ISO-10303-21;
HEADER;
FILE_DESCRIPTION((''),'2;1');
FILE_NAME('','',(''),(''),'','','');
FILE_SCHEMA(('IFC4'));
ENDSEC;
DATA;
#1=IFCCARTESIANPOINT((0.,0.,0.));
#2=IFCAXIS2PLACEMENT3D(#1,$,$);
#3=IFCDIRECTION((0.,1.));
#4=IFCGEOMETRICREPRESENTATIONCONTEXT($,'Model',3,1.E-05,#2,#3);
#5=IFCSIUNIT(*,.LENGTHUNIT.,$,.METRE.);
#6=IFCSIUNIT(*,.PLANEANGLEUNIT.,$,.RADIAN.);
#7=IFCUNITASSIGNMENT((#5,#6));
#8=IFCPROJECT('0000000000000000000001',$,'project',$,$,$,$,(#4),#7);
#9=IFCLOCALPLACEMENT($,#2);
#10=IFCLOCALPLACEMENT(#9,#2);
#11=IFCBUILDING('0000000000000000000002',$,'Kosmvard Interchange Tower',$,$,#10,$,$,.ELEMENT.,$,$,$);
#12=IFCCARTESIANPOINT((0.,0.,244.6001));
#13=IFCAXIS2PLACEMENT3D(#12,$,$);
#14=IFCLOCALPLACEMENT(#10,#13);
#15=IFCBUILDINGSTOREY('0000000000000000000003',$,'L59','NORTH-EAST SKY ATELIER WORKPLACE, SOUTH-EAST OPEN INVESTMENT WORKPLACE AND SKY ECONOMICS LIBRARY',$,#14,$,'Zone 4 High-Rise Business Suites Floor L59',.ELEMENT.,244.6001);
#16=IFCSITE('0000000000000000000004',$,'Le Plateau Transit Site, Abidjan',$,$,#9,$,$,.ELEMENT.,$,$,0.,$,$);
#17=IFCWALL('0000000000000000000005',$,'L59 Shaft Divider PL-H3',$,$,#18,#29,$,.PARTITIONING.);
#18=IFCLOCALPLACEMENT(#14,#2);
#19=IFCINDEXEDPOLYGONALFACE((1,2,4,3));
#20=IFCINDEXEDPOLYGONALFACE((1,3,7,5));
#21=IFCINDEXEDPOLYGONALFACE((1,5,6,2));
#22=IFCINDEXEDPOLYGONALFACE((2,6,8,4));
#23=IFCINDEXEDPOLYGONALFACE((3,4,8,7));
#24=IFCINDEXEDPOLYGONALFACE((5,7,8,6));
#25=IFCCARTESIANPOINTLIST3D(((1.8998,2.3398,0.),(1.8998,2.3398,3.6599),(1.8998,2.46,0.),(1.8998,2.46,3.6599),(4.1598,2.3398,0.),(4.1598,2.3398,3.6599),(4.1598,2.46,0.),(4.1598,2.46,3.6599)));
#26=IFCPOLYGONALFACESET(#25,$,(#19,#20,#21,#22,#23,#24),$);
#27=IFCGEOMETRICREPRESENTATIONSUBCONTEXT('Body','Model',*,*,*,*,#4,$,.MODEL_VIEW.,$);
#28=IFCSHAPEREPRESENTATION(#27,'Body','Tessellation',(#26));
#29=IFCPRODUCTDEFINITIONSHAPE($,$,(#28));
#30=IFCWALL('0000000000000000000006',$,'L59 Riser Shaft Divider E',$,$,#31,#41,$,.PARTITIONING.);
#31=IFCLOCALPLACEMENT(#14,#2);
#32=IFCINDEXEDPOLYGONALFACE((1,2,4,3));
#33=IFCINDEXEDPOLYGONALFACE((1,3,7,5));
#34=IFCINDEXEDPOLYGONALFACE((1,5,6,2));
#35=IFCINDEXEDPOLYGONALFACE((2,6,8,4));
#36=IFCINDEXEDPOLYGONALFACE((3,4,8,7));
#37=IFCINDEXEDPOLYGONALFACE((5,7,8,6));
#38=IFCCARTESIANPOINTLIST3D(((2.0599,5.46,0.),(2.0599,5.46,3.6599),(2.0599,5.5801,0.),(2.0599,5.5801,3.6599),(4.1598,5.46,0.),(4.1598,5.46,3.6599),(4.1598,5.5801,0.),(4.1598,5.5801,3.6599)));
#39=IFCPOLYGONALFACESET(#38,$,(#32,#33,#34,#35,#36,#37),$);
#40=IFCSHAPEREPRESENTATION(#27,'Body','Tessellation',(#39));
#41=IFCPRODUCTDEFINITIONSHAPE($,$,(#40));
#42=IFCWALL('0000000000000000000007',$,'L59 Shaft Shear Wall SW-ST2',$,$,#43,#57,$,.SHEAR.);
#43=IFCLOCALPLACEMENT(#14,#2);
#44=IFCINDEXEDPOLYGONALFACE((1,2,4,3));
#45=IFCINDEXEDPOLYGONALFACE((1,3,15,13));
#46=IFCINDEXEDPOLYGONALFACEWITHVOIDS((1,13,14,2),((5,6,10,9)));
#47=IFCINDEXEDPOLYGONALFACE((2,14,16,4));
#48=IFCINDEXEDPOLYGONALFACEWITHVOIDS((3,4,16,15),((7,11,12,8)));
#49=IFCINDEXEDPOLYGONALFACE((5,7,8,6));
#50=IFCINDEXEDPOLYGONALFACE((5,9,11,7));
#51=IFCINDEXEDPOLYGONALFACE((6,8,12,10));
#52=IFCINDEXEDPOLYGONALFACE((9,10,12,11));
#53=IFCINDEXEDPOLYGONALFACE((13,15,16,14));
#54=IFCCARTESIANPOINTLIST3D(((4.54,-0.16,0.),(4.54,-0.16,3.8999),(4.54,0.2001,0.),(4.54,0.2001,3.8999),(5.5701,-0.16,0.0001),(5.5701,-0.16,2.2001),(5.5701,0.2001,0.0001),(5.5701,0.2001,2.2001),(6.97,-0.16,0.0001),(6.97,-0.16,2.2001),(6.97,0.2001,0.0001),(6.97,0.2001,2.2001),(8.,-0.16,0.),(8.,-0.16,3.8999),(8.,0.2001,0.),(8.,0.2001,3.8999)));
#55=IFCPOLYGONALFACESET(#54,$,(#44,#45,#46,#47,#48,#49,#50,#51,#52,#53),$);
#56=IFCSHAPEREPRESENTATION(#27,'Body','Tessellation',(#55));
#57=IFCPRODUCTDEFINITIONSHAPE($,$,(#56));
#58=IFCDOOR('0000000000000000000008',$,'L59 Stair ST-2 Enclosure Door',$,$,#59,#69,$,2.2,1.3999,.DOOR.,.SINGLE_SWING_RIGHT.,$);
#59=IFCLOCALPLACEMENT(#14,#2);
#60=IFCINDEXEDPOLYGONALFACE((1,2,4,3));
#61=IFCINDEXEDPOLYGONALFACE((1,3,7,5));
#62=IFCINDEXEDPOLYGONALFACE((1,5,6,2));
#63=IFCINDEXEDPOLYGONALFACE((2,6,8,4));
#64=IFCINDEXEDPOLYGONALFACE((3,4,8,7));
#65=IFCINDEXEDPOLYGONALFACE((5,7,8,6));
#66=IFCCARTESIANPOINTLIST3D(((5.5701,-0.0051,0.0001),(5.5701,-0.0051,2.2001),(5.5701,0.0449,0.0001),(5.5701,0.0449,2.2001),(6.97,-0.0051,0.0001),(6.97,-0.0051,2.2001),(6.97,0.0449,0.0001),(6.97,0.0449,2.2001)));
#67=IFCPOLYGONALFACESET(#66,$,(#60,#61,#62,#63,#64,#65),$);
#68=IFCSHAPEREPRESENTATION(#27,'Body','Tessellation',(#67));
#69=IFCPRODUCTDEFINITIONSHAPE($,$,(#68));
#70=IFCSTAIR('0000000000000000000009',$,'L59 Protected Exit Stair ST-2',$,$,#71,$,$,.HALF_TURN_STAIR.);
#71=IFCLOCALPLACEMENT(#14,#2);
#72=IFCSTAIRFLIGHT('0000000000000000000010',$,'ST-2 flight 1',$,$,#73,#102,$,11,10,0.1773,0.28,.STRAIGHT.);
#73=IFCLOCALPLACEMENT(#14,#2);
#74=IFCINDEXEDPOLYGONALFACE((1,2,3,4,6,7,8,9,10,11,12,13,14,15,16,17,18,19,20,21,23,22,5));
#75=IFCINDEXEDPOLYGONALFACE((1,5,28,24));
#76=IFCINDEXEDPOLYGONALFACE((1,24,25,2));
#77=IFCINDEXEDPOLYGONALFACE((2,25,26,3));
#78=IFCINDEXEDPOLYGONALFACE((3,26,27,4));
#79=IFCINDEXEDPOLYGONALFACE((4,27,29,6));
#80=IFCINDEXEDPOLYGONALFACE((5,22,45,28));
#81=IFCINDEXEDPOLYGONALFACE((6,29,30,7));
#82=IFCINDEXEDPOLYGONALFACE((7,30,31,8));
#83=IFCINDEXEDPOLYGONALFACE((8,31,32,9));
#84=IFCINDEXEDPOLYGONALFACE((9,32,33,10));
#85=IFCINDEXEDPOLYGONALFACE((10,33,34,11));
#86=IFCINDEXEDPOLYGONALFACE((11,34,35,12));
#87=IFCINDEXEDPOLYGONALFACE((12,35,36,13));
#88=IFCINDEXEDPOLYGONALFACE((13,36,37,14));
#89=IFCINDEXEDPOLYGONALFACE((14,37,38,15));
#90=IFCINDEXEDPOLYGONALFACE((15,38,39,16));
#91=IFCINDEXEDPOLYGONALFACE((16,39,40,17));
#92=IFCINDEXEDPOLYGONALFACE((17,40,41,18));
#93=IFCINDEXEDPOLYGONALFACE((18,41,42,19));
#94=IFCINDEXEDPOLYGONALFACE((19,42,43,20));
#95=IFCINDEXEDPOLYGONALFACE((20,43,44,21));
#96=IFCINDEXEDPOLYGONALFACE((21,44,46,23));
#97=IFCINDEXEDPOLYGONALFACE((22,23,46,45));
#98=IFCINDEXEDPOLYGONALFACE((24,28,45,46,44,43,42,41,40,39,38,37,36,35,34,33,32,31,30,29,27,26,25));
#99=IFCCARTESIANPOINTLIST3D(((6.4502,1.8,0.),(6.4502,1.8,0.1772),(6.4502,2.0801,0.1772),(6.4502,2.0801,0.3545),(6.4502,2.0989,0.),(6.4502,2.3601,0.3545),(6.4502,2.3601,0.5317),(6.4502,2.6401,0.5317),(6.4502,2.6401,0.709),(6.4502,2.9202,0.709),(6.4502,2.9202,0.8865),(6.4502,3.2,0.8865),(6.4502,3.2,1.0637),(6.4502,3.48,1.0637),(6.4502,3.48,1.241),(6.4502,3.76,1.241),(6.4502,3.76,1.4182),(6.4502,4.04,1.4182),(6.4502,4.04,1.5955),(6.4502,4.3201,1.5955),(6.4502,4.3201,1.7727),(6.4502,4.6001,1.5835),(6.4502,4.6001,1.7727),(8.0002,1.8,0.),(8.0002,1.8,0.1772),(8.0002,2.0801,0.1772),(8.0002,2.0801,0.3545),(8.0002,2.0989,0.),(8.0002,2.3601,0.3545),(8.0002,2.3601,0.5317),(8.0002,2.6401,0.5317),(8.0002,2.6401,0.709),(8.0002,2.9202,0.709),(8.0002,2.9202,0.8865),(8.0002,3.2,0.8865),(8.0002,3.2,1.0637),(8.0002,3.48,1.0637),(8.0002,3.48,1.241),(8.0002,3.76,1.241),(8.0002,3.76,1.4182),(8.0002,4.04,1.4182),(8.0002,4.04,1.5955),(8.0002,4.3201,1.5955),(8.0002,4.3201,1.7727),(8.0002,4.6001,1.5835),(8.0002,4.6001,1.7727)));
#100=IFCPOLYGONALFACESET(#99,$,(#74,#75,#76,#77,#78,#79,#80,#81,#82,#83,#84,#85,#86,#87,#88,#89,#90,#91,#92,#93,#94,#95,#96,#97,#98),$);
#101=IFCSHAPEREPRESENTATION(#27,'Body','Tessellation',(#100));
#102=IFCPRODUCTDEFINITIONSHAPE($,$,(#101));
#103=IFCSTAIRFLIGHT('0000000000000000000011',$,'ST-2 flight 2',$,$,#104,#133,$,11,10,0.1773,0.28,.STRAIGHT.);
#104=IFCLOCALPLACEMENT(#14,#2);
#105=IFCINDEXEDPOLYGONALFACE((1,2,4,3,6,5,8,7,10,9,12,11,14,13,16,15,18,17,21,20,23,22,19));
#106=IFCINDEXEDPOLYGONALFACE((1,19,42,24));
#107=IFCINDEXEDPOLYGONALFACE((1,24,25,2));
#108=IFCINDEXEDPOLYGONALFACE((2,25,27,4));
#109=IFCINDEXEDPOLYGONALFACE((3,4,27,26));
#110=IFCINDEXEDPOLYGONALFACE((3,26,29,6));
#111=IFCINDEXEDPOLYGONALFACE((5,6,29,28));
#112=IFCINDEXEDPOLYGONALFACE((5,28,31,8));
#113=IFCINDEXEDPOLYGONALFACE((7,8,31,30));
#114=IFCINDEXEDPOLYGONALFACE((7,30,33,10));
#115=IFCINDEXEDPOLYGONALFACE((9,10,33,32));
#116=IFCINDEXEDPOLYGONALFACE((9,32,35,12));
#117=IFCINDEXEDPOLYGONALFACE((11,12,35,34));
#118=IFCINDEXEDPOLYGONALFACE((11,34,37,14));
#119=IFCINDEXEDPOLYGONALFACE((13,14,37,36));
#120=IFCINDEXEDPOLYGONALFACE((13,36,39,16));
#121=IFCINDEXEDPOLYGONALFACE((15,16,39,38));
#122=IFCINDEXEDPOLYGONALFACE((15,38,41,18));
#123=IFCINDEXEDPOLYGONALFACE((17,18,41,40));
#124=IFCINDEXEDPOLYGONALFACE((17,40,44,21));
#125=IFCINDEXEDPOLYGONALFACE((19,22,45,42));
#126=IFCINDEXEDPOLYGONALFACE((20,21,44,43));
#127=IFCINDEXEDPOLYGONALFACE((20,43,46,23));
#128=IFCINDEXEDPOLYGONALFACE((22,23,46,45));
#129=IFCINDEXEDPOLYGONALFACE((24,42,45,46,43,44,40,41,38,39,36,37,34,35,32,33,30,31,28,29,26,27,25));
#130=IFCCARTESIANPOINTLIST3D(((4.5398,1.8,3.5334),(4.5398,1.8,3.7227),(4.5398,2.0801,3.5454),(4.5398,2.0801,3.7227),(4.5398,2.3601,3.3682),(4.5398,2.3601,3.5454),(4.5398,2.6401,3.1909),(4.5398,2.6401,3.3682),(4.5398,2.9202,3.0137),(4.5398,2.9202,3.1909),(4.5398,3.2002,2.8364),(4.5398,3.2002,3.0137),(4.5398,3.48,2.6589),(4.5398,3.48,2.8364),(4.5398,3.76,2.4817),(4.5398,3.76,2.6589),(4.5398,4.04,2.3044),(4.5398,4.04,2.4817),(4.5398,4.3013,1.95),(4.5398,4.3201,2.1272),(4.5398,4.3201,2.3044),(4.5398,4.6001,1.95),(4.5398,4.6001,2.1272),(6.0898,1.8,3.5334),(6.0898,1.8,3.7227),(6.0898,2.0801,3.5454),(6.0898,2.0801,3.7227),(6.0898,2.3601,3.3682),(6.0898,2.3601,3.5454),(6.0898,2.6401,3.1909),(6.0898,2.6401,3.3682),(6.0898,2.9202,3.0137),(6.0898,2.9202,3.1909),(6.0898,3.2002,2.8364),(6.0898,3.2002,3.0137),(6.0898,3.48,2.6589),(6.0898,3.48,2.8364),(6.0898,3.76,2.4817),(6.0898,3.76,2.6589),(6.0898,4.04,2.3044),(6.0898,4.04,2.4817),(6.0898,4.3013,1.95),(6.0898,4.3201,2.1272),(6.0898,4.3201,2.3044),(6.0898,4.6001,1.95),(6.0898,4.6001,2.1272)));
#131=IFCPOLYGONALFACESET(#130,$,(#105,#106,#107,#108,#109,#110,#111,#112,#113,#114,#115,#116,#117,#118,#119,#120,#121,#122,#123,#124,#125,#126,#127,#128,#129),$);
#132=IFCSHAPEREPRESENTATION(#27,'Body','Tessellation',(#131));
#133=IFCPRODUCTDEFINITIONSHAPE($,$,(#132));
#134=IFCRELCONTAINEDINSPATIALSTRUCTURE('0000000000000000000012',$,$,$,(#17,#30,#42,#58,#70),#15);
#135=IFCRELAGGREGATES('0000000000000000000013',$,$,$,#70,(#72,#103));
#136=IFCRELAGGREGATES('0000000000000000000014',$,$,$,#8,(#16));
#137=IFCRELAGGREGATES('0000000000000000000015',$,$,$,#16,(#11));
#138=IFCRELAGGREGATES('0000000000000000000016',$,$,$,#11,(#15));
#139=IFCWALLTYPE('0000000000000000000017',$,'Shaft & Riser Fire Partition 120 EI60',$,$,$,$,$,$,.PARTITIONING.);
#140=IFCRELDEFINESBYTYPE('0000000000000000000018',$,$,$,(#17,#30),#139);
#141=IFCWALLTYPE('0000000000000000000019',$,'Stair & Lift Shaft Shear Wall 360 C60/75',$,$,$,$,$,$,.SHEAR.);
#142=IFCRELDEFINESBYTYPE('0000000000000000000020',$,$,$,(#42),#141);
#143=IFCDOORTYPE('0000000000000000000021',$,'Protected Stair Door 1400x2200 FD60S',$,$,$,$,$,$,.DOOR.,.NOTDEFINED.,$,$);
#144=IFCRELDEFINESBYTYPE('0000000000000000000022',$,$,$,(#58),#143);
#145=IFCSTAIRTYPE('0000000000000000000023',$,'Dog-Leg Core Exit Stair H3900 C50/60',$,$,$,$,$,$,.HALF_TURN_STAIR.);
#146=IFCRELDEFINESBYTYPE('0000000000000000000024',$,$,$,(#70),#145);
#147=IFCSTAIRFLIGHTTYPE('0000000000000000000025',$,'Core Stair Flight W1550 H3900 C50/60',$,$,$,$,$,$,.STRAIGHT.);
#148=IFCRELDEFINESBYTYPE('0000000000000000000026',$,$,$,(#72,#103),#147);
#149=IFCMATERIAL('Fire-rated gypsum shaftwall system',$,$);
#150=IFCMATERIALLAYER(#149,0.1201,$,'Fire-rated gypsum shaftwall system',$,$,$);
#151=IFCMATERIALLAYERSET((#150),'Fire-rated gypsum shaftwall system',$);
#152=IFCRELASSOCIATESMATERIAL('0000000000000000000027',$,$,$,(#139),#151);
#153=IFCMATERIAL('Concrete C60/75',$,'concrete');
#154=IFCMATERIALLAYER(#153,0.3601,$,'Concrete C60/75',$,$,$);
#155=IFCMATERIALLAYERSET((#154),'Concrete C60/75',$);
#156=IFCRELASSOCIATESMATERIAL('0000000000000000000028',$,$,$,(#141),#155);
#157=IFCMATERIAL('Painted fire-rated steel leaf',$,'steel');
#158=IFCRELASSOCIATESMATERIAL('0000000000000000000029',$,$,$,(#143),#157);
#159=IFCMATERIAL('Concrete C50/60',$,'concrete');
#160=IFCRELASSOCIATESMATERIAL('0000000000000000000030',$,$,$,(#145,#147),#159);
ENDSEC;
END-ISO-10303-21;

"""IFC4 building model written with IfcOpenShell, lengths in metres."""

from ifc_helpers import new_model, si_unit, direction, frame, frame_2d, origin, place, context, subcontext, project, spatial, polyline, rectangle, outline, extrude, source, transform, mapped, material, layer, layer_set, type_object, element, fill, aggregate, save


model = new_model("IFC4")

# Units and contexts
model_context = context("Model", 3, precision=1e-05, world=origin(), true_north=direction((0.0, 1.0)))
body_context = subcontext(model_context, "Body", "Model", "MODEL_VIEW")
ifc_project = project(units=[si_unit("LENGTHUNIT", "METRE"), si_unit("PLANEANGLEUNIT", "RADIAN")], contexts=[model_context])

# Site, building, storey
site_placement = place(None, origin())
site = spatial("IfcSite", under=ifc_project, at=site_placement, Name="Le Plateau Transit Site, Abidjan", CompositionType="ELEMENT", RefElevation=0.0)
building_placement = place(site_placement, origin())
building = spatial("IfcBuilding", under=site, at=building_placement, Name="Kosmvard Interchange Tower", CompositionType="ELEMENT")
storey_placement = place(building_placement, frame((0.0, 0.0, 244.6001)))
storey = spatial("IfcBuildingStorey", under=building, at=storey_placement, Name="L59", Description="NORTH-EAST SKY ATELIER WORKPLACE, SOUTH-EAST OPEN INVESTMENT WORKPLACE AND SKY ECONOMICS LIBRARY", LongName="Zone 4 High-Rise Business Suites Floor L59", CompositionType="ELEMENT", Elevation=244.6001)

# Shared definitions
ifc_material_1 = material(Name="Concrete C60/75", Category="concrete")
ifc_material_2 = material(Name="Concrete C50/60", Category="concrete")

# Walls
ifc_material_3 = material(Name="Fire-rated gypsum shaftwall system")
ifc_layer_1 = layer(ifc_material_3, 0.1201, Name="Fire-rated gypsum shaftwall system")
ifc_layer_set_1 = layer_set([ifc_layer_1], Name="Fire-rated gypsum shaftwall system")
wall_type_1 = type_object("IfcWallType", Name="Shaft & Riser Fire Partition 120 EI60", PredefinedType="PARTITIONING", material=ifc_layer_set_1)
wall_1_placement = place(storey_placement, frame((1.8999, 2.3999, 0.0), z_axis=(0.0, 0.0, 1.0), x_axis=(1.0, 0.0, 0.0)))
element("IfcWall", 1, at=wall_1_placement, inside=storey, type_object=wall_type_1, Name="L59 Shaft Divider PL-H3", PredefinedType="PARTITIONING", context=body_context, shape_type="SweptSolid", body=[
    extrude(rectangle(XDim=2.26, YDim=0.1201, at=frame_2d((1.1299, 0.0))), origin(), (0.0, 0.0, 1.0), 3.6599),
])
wall_2_placement = place(storey_placement, frame((2.0601, 5.52, 0.0), z_axis=(0.0, 0.0, 1.0), x_axis=(1.0, 0.0, 0.0)))
element("IfcWall", 2, at=wall_2_placement, inside=storey, type_object=wall_type_1, Name="L59 Riser Shaft Divider E", PredefinedType="PARTITIONING", context=body_context, shape_type="SweptSolid", body=[
    extrude(rectangle(XDim=2.0999, YDim=0.1201, at=frame_2d((1.0498, 0.0))), origin(), (0.0, 0.0, 1.0), 3.6599),
])

# Wall, opening, door
ifc_layer_2 = layer(ifc_material_1, 0.3601, Name="Concrete C60/75")
ifc_layer_set_2 = layer_set([ifc_layer_2], Name="Concrete C60/75")
wall_type_2 = type_object("IfcWallType", Name="Stair & Lift Shaft Shear Wall 360 C60/75", PredefinedType="SHEAR", material=ifc_layer_set_2)
wall_3_placement = place(storey_placement, frame((4.54, 0.02, 0.0), z_axis=(0.0, 0.0, 1.0), x_axis=(1.0, 0.0, 0.0)))
wall_3 = element("IfcWall", 3, at=wall_3_placement, inside=storey, type_object=wall_type_2, Name="L59 Shaft Shear Wall SW-ST2", PredefinedType="SHEAR", context=body_context, shape_type="SweptSolid", body=[
    extrude(rectangle(XDim=3.46, YDim=0.3601, at=frame_2d((1.73, 0.0))), origin(), (0.0, 0.0, 1.0), 3.8999),
])
opening_1_placement = place(wall_3_placement, frame((1.03, 0.0, 0.0)))
opening_1 = element("IfcOpeningElement", 4, at=opening_1_placement, cuts=wall_3, PredefinedType="OPENING", context=body_context, shape_type="SweptSolid", body=[
    extrude(rectangle(XDim=1.3999, YDim=2.2, at=frame_2d((0.7, 1.1001))), frame((0.0, 0.1899, 0.0), z_axis=(0.0, -1.0, 0.0), x_axis=(1.0, 0.0, 0.0)), (0.0, 0.0, 1.0), 0.3801),
])
ifc_material_4 = material(Name="Painted fire-rated steel leaf", Category="steel")
door_type = type_object("IfcDoorType", Name="Protected Stair Door 1400x2200 FD60S", OperationType="NOTDEFINED", PredefinedType="DOOR", material=ifc_material_4)
shared_shape_1 = source(origin(), body_context, "Body", "SweptSolid", [
    extrude(rectangle(XDim=1.3999, YDim=2.2, at=frame_2d((0.7, 1.1001))), frame((0.0, 0.0249, 0.0), z_axis=(0.0, -1.0, 0.0), x_axis=(1.0, 0.0, 0.0)), (0.0, 0.0, 1.0), 0.05),
])
door_placement = place(opening_1_placement, origin())
door = element("IfcDoor", 5, at=door_placement, inside=storey, type_object=door_type, Name="L59 Stair ST-2 Enclosure Door", OperationType="SINGLE_SWING_RIGHT", OverallHeight=2.2, OverallWidth=1.3999, PredefinedType="DOOR", context=body_context, shape_type="MappedRepresentation", body=[
    mapped(shared_shape_1, transform((0.0, 0.0, 0.0), scale=1.0)),
])
fill(opening_1, door)

# Stair, stair flights
stair_type = type_object("IfcStairType", Name="Dog-Leg Core Exit Stair H3900 C50/60", PredefinedType="HALF_TURN_STAIR", material=ifc_material_2)
stair_placement = place(storey_placement, origin())
stair = element("IfcStair", 6, at=stair_placement, inside=storey, type_object=stair_type, Name="L59 Protected Exit Stair ST-2", PredefinedType="HALF_TURN_STAIR")
stair_flight_type = type_object("IfcStairFlightType", Name="Core Stair Flight W1550 H3900 C50/60", PredefinedType="STRAIGHT", material=ifc_material_2)
shared_shape_2 = source(origin(), body_context, "Body", "SweptSolid", [
    extrude(outline(polyline([(0.0, 0.0), (0.0, 0.1772), (0.28, 0.1772), (0.28, 0.3545), (0.5601, 0.3545), (0.5601, 0.5317), (0.8401, 0.5317), (0.8401, 0.709), (1.1201, 0.709), (1.1201, 0.8865), (1.3999, 0.8865), (1.3999, 1.0637), (1.6799, 1.0637), (1.6799, 1.241), (1.96, 1.241), (1.96, 1.4182), (2.24, 1.4182), (2.24, 1.5955), (2.52, 1.5955), (2.52, 1.7727), (2.8, 1.7727), (2.8, 1.95), (2.8, 1.5835), (0.2988, 0.0), (0.0, 0.0)])), frame((0.0, 0.7749, 0.0), z_axis=(0.0, -1.0, 0.0), x_axis=(1.0, 0.0, 0.0)), (0.0, 0.0, 1.0), 1.55),
])
stair_flight_1_placement = place(storey_placement, frame((7.2251, 1.8, 0.0), z_axis=(0.0, 0.0, 1.0), x_axis=(0.0, 1.0, 0.0)))
stair_flight_1 = element("IfcStairFlight", 7, at=stair_flight_1_placement, type_object=stair_flight_type, Name="ST-2 flight 1", NumberOfRisers=11, NumberOfTreads=10, PredefinedType="STRAIGHT", RiserHeight=0.1773, TreadLength=0.28, context=body_context, shape_type="MappedRepresentation", body=[
    mapped(shared_shape_2, transform((0.0, 0.0, 0.0), scale=1.0)),
])
stair_flight_2_placement = place(storey_placement, frame((5.3149, 4.6001, 1.95), z_axis=(0.0, 0.0, 1.0), x_axis=(0.0, -1.0, 0.0)))
stair_flight_2 = element("IfcStairFlight", 8, at=stair_flight_2_placement, type_object=stair_flight_type, Name="ST-2 flight 2", NumberOfRisers=11, NumberOfTreads=10, PredefinedType="STRAIGHT", RiserHeight=0.1773, TreadLength=0.28, context=body_context, shape_type="MappedRepresentation", body=[
    mapped(shared_shape_2, transform((0.0, 0.0, 0.0), scale=1.0)),
])
aggregate(stair, [stair_flight_1, stair_flight_2])

save(model, "model.ifc")
